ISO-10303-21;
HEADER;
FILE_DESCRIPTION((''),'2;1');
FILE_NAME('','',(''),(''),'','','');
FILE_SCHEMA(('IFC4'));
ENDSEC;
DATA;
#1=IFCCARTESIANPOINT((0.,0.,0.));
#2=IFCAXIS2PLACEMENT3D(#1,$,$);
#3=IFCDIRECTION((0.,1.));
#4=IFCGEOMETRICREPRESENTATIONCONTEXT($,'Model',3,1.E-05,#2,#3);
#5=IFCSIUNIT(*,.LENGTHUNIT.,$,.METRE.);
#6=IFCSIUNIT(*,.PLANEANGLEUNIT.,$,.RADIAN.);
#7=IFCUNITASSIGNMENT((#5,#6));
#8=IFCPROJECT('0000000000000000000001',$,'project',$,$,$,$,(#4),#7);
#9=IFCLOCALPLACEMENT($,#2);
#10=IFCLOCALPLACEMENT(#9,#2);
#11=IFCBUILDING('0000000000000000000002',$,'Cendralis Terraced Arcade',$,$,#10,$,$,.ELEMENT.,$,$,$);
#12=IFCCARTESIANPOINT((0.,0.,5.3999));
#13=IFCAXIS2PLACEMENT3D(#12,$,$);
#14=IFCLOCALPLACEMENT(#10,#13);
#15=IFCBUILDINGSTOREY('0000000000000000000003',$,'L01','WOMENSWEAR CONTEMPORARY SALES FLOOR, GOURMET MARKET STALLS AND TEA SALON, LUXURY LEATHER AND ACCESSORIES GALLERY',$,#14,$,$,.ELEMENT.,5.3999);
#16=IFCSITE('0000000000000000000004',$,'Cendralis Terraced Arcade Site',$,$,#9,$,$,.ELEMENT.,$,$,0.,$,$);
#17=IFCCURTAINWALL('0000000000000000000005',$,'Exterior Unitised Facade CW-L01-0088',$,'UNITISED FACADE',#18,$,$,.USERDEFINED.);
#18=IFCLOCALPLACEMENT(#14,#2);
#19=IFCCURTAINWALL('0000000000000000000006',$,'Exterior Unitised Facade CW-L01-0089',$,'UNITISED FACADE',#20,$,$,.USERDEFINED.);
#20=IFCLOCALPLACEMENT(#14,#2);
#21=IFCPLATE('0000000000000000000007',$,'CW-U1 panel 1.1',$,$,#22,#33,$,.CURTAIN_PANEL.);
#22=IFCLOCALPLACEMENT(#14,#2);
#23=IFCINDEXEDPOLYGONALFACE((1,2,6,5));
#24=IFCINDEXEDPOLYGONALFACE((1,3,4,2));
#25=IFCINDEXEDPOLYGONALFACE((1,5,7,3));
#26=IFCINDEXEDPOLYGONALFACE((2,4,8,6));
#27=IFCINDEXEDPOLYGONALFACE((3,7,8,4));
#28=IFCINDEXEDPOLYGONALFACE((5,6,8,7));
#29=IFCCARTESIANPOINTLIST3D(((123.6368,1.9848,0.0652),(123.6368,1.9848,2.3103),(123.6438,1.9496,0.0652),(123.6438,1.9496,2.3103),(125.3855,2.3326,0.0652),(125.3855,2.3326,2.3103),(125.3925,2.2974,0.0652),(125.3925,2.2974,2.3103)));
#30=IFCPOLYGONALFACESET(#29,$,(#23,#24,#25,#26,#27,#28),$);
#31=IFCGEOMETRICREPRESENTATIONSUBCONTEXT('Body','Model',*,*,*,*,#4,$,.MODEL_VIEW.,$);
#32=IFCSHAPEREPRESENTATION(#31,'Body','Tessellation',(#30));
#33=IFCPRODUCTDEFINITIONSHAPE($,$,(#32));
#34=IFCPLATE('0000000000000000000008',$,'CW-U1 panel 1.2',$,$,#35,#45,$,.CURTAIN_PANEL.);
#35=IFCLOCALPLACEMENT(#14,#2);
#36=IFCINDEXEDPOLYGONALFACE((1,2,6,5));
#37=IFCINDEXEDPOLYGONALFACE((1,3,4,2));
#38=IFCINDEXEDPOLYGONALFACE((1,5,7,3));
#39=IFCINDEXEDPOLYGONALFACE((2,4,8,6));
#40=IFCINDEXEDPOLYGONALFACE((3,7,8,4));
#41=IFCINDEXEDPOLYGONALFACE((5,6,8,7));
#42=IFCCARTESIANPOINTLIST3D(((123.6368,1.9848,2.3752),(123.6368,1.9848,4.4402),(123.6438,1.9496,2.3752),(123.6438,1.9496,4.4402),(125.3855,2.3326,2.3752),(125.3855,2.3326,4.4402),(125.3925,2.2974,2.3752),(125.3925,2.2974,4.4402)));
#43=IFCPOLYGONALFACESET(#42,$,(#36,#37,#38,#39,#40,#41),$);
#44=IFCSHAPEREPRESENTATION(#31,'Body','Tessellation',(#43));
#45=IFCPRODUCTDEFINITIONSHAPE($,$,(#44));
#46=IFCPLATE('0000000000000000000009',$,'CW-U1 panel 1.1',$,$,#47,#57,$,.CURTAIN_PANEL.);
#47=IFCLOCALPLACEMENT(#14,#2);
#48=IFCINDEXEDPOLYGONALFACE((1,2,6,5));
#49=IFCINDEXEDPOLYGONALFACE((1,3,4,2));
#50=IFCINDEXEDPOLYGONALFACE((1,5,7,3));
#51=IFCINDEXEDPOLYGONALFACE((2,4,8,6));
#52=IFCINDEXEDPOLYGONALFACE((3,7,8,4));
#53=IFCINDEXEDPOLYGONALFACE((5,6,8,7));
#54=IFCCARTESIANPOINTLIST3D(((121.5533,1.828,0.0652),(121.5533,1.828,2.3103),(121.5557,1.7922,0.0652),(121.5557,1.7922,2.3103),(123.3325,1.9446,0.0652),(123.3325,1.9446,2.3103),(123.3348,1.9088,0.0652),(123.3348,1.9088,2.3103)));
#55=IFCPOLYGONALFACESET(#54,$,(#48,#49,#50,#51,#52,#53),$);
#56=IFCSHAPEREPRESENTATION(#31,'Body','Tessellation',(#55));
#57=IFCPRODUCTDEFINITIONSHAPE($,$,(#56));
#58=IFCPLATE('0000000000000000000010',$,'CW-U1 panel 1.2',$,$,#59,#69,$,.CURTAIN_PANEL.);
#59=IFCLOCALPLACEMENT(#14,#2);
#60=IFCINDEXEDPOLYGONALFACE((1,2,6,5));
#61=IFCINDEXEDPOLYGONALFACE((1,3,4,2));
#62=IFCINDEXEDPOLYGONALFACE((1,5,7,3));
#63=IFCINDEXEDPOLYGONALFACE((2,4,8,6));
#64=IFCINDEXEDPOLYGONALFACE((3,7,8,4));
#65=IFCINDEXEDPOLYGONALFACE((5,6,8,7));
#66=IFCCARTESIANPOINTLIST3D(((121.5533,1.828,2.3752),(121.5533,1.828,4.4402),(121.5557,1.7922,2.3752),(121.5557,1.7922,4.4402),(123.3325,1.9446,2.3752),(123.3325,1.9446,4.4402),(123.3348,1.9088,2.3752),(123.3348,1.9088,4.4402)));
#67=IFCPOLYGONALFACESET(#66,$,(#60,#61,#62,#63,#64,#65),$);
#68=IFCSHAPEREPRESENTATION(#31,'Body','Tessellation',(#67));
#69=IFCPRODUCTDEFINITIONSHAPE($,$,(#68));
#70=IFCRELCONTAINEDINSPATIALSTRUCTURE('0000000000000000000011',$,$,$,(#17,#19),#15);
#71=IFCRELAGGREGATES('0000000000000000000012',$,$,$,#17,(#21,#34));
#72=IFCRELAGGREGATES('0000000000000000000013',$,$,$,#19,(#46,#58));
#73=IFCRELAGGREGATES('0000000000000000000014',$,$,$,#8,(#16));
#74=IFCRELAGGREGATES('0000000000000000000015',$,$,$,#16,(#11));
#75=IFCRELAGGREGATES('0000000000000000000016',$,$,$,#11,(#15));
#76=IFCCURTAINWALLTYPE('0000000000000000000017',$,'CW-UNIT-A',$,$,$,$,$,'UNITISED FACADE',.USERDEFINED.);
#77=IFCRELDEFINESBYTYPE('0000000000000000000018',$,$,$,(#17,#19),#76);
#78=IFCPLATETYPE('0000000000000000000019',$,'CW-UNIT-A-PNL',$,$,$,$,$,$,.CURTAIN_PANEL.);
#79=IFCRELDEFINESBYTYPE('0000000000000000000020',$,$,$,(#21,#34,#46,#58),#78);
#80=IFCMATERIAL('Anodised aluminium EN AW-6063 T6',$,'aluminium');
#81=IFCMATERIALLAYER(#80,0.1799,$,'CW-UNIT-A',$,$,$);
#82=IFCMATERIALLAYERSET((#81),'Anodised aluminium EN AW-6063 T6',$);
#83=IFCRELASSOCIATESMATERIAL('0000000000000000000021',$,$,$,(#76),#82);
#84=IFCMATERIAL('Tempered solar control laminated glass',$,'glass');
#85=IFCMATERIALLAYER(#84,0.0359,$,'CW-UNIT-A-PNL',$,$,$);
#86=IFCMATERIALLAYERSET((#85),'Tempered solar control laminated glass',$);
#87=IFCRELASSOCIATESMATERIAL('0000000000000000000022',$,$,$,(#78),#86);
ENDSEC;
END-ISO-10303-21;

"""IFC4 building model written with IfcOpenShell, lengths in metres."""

from ifc_helpers import new_model, si_unit, direction, frame, origin, origin_2d, place, context, subcontext, project, spatial, rectangle, extrude, material, layer, layer_set, type_object, element, aggregate, save


model = new_model("IFC4")

# Units and contexts
model_context = context("Model", 3, precision=1e-05, world=origin(), true_north=direction((0.0, 1.0)))
body_context = subcontext(model_context, "Body", "Model", "MODEL_VIEW")
ifc_project = project(units=[si_unit("LENGTHUNIT", "METRE"), si_unit("PLANEANGLEUNIT", "RADIAN")], contexts=[model_context])

# Site, building, storey
site_placement = place(None, origin())
site = spatial("IfcSite", under=ifc_project, at=site_placement, Name="Cendralis Terraced Arcade Site", CompositionType="ELEMENT", RefElevation=0.0)
building_placement = place(site_placement, origin())
building = spatial("IfcBuilding", under=site, at=building_placement, Name="Cendralis Terraced Arcade", CompositionType="ELEMENT")
storey_placement = place(building_placement, frame((0.0, 0.0, 5.3999)))
storey = spatial("IfcBuildingStorey", under=building, at=storey_placement, Name="L01", Description="WOMENSWEAR CONTEMPORARY SALES FLOOR, GOURMET MARKET STALLS AND TEA SALON, LUXURY LEATHER AND ACCESSORIES GALLERY", CompositionType="ELEMENT", Elevation=5.3999)

# Shared definitions
ifc_material_1 = material(Name="Anodised aluminium EN AW-6063 T6", Category="aluminium")
ifc_layer_1 = layer(ifc_material_1, 0.1799, Name="CW-UNIT-A")
ifc_layer_set_1 = layer_set([ifc_layer_1], Name="Anodised aluminium EN AW-6063 T6")
curtain_wall_type = type_object("IfcCurtainWallType", Name="CW-UNIT-A", ElementType="UNITISED FACADE", PredefinedType="USERDEFINED", material=ifc_layer_set_1)

# Curtain wall
curtain_wall_1_placement = place(storey_placement, origin())
curtain_wall_1 = element("IfcCurtainWall", 1, at=curtain_wall_1_placement, inside=storey, type_object=curtain_wall_type, Name="Exterior Unitised Facade CW-L01-0088", ObjectType="UNITISED FACADE", PredefinedType="USERDEFINED")

# Curtain wall
curtain_wall_2_placement = place(storey_placement, origin())
curtain_wall_2 = element("IfcCurtainWall", 2, at=curtain_wall_2_placement, inside=storey, type_object=curtain_wall_type, Name="Exterior Unitised Facade CW-L01-0089", ObjectType="UNITISED FACADE", PredefinedType="USERDEFINED")

# Plates
ifc_material_2 = material(Name="Tempered solar control laminated glass", Category="glass")
ifc_layer_2 = layer(ifc_material_2, 0.0359, Name="CW-UNIT-A-PNL")
ifc_layer_set_2 = layer_set([ifc_layer_2], Name="Tempered solar control laminated glass")
plate_type = type_object("IfcPlateType", Name="CW-UNIT-A-PNL", PredefinedType="CURTAIN_PANEL", material=ifc_layer_set_2)
plate_1_placement = place(storey_placement, frame((124.5146, 2.1411, 0.0652), z_axis=(0.0, 0.0, 1.0), x_axis=(-0.980793, -0.19505, 0.0)))
plate_1 = element("IfcPlate", 3, at=plate_1_placement, type_object=plate_type, Name="CW-U1 panel 1.1", PredefinedType="CURTAIN_PANEL", context=body_context, shape_type="SweptSolid", body=[
    extrude(rectangle(XDim=1.783, YDim=0.0359, at=origin_2d()), origin(), (0.0, 0.0, 1.0), 2.2451),
])
plate_2_placement = place(storey_placement, frame((124.5146, 2.1411, 2.3752), z_axis=(0.0, 0.0, 1.0), x_axis=(-0.980793, -0.19505, 0.0)))
plate_2 = element("IfcPlate", 4, at=plate_2_placement, type_object=plate_type, Name="CW-U1 panel 1.2", PredefinedType="CURTAIN_PANEL", context=body_context, shape_type="SweptSolid", body=[
    extrude(rectangle(XDim=1.783, YDim=0.0359, at=origin_2d()), origin(), (0.0, 0.0, 1.0), 2.0649),
])
aggregate(curtain_wall_1, [plate_1, plate_2])
plate_3_placement = place(storey_placement, frame((122.4441, 1.8684, 0.0652), z_axis=(0.0, 0.0, 1.0), x_axis=(-0.997859, -0.065398, 0.0)))
plate_3 = element("IfcPlate", 5, at=plate_3_placement, type_object=plate_type, Name="CW-U1 panel 1.1", PredefinedType="CURTAIN_PANEL", context=body_context, shape_type="SweptSolid", body=[
    extrude(rectangle(XDim=1.783, YDim=0.0359, at=origin_2d()), origin(), (0.0, 0.0, 1.0), 2.2451),
])
plate_4_placement = place(storey_placement, frame((122.4441, 1.8684, 2.3752), z_axis=(0.0, 0.0, 1.0), x_axis=(-0.997859, -0.065398, 0.0)))
plate_4 = element("IfcPlate", 6, at=plate_4_placement, type_object=plate_type, Name="CW-U1 panel 1.2", PredefinedType="CURTAIN_PANEL", context=body_context, shape_type="SweptSolid", body=[
    extrude(rectangle(XDim=1.783, YDim=0.0359, at=origin_2d()), origin(), (0.0, 0.0, 1.0), 2.0649),
])
aggregate(curtain_wall_2, [plate_3, plate_4])

save(model, "model.ifc")
